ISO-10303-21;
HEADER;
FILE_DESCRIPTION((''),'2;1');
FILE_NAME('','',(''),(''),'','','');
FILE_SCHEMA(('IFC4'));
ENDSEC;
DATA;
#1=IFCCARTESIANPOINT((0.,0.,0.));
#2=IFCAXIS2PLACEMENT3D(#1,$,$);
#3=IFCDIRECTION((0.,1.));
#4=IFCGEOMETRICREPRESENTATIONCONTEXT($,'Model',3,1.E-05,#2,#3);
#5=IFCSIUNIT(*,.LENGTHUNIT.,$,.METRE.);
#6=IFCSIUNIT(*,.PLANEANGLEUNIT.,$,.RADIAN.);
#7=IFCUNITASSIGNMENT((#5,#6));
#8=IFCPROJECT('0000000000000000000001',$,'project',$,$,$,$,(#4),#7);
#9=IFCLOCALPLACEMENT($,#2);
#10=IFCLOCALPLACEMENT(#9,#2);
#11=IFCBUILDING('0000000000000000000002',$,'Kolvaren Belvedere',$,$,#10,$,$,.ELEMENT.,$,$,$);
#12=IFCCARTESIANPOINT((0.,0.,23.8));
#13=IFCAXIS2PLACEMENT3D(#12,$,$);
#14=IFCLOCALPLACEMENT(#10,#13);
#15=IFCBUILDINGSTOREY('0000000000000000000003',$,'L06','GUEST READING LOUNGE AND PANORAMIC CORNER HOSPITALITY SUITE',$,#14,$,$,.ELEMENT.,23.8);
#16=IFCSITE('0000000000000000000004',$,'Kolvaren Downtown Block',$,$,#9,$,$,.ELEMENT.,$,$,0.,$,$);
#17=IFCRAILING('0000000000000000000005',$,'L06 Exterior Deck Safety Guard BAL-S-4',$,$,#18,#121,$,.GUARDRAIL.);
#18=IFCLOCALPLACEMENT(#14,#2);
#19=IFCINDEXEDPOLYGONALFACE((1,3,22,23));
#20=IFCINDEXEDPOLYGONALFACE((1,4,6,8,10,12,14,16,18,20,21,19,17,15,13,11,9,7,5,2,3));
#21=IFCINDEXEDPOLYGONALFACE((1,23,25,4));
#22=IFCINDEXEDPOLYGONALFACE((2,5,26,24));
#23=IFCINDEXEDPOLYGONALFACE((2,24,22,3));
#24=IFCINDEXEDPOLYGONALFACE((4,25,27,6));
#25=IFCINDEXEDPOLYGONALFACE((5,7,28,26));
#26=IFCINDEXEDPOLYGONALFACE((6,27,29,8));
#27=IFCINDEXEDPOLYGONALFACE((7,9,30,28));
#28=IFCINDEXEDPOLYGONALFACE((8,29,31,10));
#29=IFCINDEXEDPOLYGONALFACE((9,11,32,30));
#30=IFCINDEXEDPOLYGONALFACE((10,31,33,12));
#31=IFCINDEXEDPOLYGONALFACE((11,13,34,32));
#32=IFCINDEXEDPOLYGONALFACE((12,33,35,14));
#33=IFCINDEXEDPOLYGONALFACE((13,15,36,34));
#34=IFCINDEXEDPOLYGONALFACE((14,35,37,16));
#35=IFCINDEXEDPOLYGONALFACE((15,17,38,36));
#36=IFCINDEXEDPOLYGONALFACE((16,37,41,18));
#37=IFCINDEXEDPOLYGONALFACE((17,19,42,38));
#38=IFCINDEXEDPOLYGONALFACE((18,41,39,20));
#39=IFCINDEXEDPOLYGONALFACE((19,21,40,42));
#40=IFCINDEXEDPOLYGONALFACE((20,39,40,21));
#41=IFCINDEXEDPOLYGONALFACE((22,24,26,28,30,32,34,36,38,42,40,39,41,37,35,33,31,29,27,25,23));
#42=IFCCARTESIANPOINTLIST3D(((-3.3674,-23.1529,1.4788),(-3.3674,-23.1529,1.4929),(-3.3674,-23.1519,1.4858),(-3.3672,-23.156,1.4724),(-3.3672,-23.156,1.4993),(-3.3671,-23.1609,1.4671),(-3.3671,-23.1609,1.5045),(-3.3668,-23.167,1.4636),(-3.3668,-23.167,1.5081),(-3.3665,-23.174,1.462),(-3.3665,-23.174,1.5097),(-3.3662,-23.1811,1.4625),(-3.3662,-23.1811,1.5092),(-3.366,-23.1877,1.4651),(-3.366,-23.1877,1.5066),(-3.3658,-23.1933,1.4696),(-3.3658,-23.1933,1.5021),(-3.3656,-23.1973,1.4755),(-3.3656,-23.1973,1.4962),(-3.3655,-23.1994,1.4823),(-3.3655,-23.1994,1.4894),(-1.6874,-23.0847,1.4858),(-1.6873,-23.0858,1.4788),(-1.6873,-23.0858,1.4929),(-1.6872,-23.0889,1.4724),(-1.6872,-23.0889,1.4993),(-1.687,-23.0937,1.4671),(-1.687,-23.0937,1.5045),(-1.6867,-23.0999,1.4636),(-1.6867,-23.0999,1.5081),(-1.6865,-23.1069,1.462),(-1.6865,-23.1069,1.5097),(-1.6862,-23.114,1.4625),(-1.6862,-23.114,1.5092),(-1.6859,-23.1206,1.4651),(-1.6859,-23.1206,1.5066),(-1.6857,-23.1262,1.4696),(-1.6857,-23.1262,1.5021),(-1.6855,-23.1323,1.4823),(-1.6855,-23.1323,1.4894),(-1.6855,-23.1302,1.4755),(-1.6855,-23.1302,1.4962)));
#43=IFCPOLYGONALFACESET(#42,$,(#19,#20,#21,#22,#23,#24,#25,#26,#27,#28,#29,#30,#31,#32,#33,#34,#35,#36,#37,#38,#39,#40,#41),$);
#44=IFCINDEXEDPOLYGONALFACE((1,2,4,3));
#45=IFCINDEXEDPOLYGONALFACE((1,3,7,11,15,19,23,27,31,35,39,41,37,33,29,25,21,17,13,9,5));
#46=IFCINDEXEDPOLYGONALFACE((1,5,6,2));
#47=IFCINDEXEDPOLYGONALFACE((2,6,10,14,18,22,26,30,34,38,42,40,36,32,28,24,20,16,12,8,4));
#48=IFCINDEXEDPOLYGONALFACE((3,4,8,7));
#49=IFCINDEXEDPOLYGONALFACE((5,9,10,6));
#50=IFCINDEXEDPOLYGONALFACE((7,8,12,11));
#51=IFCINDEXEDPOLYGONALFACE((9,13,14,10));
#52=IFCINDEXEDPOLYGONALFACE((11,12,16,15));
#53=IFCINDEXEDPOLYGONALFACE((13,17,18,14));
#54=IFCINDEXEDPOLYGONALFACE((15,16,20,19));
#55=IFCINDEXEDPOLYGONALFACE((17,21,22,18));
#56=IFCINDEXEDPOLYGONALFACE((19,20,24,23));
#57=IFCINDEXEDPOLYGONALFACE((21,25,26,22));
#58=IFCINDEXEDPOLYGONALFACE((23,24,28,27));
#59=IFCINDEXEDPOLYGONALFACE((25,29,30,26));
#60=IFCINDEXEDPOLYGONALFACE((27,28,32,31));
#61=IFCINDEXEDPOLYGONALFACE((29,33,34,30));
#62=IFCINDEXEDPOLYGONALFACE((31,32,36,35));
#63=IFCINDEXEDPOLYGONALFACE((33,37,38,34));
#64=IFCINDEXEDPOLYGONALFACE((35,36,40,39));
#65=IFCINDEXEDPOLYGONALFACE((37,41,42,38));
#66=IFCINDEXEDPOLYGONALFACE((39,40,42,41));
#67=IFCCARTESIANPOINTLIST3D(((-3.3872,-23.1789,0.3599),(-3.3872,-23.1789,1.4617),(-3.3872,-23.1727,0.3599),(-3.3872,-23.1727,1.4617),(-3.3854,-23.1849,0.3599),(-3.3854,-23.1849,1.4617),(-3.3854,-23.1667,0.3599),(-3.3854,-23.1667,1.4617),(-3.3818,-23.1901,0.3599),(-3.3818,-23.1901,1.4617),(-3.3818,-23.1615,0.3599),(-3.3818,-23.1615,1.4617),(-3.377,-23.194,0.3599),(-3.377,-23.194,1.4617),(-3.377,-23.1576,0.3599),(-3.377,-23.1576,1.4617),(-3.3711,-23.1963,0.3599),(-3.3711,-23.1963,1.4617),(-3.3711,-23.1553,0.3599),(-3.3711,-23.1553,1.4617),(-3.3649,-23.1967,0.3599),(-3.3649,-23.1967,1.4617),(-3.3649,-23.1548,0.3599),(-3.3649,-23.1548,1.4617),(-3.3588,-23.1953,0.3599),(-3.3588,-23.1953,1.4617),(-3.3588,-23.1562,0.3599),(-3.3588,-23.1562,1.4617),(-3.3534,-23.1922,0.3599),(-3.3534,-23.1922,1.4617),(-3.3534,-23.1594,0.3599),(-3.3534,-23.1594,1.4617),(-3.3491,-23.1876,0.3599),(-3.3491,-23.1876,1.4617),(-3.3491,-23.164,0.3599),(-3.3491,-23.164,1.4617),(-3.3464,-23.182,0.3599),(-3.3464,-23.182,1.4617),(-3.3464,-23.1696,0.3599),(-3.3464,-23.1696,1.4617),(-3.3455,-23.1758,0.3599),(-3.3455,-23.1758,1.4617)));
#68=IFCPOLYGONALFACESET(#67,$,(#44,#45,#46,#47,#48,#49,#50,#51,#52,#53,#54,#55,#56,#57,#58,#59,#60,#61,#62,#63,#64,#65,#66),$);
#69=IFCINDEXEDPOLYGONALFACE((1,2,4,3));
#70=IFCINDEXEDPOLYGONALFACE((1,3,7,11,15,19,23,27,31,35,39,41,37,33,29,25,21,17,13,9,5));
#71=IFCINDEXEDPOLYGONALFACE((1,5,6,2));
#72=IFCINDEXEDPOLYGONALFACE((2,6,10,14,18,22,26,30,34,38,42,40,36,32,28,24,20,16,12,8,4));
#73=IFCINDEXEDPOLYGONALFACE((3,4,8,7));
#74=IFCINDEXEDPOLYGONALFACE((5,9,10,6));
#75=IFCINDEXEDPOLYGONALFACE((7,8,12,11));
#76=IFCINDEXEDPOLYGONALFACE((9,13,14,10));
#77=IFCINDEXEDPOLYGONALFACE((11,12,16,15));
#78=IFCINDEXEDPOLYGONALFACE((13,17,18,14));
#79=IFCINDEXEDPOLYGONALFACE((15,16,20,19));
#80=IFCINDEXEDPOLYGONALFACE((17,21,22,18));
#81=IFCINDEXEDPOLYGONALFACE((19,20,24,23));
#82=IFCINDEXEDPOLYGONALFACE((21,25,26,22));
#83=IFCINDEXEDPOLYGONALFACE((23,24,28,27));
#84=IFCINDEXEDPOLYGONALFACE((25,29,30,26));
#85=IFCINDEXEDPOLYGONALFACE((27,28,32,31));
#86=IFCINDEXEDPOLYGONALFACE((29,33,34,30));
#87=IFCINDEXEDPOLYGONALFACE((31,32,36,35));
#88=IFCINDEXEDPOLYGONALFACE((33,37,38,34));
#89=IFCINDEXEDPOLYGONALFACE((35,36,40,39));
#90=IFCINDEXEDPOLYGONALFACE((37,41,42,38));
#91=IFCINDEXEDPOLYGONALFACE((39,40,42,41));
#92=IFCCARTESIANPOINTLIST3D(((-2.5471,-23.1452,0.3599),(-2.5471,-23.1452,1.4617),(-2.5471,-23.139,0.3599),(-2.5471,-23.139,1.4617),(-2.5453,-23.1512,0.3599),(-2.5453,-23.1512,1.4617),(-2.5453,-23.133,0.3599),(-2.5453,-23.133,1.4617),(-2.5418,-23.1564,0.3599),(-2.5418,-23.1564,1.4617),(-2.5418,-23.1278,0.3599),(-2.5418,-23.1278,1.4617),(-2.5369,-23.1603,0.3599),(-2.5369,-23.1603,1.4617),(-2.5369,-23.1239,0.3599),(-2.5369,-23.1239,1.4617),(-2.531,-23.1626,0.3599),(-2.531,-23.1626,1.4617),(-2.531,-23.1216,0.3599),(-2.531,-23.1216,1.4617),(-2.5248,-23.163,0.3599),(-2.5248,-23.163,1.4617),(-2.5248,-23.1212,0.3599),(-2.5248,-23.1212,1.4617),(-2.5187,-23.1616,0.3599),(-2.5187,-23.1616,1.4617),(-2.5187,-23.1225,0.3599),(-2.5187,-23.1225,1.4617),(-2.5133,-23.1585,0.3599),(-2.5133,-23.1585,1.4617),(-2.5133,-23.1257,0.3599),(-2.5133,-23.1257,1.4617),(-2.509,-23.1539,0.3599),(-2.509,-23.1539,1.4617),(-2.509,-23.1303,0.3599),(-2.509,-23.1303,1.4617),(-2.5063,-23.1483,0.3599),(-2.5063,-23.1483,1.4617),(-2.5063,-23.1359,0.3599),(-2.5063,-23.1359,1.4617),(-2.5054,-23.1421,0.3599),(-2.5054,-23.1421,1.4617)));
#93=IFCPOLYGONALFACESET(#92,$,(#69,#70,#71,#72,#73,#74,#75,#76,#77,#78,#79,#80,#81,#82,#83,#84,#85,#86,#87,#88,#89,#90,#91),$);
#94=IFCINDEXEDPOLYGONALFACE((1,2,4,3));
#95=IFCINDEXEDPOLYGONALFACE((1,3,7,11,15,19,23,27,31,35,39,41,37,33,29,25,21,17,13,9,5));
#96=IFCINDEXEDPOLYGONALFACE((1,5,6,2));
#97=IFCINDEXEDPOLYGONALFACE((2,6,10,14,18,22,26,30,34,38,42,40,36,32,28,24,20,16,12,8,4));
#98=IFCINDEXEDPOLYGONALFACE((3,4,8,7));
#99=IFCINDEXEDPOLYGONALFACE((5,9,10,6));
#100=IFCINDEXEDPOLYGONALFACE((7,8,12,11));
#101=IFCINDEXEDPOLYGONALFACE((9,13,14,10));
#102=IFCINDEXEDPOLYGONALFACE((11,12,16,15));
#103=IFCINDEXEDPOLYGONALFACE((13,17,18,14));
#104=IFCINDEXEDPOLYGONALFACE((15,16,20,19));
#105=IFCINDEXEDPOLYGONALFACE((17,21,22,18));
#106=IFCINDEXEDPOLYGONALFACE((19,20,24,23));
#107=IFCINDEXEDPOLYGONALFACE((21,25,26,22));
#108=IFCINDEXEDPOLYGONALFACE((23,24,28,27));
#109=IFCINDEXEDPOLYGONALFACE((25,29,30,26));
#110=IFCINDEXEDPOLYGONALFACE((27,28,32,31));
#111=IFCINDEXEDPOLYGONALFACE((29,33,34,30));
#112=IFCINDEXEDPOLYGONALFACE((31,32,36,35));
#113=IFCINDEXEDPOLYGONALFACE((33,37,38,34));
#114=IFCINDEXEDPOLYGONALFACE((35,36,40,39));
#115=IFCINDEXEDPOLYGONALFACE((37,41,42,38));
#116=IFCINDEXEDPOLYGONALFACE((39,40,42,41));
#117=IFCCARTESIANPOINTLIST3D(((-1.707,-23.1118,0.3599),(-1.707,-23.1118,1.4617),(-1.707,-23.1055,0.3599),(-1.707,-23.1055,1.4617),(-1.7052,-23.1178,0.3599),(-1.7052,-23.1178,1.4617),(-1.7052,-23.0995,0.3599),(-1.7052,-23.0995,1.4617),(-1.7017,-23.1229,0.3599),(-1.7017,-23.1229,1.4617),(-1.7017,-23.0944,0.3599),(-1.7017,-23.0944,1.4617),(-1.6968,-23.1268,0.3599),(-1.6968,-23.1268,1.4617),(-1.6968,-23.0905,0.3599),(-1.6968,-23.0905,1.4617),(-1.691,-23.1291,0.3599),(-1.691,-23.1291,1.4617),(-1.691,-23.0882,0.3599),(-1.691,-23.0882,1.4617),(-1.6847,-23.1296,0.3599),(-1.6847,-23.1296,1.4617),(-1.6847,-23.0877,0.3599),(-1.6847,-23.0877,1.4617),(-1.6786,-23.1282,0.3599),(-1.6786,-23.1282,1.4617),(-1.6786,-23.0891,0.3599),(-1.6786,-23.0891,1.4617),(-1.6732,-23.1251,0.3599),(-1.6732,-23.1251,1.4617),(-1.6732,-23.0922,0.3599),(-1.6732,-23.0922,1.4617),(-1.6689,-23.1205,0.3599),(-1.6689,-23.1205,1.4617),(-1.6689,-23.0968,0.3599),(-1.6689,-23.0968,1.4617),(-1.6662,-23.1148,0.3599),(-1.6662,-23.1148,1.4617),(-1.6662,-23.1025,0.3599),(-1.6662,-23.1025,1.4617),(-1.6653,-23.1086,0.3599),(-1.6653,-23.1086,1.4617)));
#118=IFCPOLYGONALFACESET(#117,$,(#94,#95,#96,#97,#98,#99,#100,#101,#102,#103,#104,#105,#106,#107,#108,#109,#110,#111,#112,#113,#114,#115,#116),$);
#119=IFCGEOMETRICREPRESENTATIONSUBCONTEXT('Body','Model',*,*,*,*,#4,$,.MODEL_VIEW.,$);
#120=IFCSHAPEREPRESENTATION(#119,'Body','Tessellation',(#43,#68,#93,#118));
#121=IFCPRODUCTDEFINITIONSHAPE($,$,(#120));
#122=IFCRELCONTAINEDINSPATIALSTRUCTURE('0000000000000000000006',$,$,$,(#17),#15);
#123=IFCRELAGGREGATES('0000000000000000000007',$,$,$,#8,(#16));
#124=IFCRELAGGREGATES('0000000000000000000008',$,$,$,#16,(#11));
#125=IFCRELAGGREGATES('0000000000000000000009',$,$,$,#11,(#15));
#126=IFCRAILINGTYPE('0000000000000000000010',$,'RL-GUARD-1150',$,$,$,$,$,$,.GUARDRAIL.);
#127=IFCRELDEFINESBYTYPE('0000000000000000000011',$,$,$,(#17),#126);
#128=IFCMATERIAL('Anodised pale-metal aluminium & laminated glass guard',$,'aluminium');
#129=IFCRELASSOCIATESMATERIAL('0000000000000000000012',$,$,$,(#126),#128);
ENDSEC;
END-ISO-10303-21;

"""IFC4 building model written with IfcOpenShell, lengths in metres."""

from ifc_helpers import new_model, si_unit, direction, frame, origin, origin_2d, place, context, subcontext, project, spatial, circle, extrude, material, type_object, element, save


model = new_model("IFC4")

# Units and contexts
model_context = context("Model", 3, precision=1e-05, world=origin(), true_north=direction((0.0, 1.0)))
body_context = subcontext(model_context, "Body", "Model", "MODEL_VIEW")
ifc_project = project(units=[si_unit("LENGTHUNIT", "METRE"), si_unit("PLANEANGLEUNIT", "RADIAN")], contexts=[model_context])

# Site, building, storey
site_placement = place(None, origin())
site = spatial("IfcSite", under=ifc_project, at=site_placement, Name="Kolvaren Downtown Block", CompositionType="ELEMENT", RefElevation=0.0)
building_placement = place(site_placement, origin())
building = spatial("IfcBuilding", under=site, at=building_placement, Name="Kolvaren Belvedere", CompositionType="ELEMENT")
storey_placement = place(building_placement, frame((0.0, 0.0, 23.8)))
storey = spatial("IfcBuildingStorey", under=building, at=storey_placement, Name="L06", Description="GUEST READING LOUNGE AND PANORAMIC CORNER HOSPITALITY SUITE", CompositionType="ELEMENT", Elevation=23.8)

# Railing
ifc_material_1 = material(Name="Anodised pale-metal aluminium & laminated glass guard", Category="aluminium")
railing_type = type_object("IfcRailingType", Name="RL-GUARD-1150", PredefinedType="GUARDRAIL", material=ifc_material_1)
railing_1_placement = place(storey_placement, frame((-3.3665, -23.1758, 0.3599)))
element("IfcRailing", 1, at=railing_1_placement, inside=storey, type_object=railing_type, Name="L06 Exterior Deck Safety Guard BAL-S-4", PredefinedType="GUARDRAIL", context=body_context, shape_type="SweptSolid", body=[
    extrude(circle(Radius=0.0239, at=origin_2d()), frame((0.0, 0.0, 1.126), z_axis=(0.999203, 0.039927, 0.0), x_axis=(-0.039927, 0.999203, 0.0)), (0.0, 0.0, 1.0), 1.6814),
    extrude(circle(Radius=0.021, at=origin_2d()), origin(), (0.0, 0.0, 1.0), 1.1018),
    extrude(circle(Radius=0.021, at=origin_2d()), frame((0.8401, 0.0337, 0.0)), (0.0, 0.0, 1.0), 1.1018),
    extrude(circle(Radius=0.021, at=origin_2d()), frame((1.6802, 0.0671, 0.0)), (0.0, 0.0, 1.0), 1.1018),
])

save(model, "model.ifc")
